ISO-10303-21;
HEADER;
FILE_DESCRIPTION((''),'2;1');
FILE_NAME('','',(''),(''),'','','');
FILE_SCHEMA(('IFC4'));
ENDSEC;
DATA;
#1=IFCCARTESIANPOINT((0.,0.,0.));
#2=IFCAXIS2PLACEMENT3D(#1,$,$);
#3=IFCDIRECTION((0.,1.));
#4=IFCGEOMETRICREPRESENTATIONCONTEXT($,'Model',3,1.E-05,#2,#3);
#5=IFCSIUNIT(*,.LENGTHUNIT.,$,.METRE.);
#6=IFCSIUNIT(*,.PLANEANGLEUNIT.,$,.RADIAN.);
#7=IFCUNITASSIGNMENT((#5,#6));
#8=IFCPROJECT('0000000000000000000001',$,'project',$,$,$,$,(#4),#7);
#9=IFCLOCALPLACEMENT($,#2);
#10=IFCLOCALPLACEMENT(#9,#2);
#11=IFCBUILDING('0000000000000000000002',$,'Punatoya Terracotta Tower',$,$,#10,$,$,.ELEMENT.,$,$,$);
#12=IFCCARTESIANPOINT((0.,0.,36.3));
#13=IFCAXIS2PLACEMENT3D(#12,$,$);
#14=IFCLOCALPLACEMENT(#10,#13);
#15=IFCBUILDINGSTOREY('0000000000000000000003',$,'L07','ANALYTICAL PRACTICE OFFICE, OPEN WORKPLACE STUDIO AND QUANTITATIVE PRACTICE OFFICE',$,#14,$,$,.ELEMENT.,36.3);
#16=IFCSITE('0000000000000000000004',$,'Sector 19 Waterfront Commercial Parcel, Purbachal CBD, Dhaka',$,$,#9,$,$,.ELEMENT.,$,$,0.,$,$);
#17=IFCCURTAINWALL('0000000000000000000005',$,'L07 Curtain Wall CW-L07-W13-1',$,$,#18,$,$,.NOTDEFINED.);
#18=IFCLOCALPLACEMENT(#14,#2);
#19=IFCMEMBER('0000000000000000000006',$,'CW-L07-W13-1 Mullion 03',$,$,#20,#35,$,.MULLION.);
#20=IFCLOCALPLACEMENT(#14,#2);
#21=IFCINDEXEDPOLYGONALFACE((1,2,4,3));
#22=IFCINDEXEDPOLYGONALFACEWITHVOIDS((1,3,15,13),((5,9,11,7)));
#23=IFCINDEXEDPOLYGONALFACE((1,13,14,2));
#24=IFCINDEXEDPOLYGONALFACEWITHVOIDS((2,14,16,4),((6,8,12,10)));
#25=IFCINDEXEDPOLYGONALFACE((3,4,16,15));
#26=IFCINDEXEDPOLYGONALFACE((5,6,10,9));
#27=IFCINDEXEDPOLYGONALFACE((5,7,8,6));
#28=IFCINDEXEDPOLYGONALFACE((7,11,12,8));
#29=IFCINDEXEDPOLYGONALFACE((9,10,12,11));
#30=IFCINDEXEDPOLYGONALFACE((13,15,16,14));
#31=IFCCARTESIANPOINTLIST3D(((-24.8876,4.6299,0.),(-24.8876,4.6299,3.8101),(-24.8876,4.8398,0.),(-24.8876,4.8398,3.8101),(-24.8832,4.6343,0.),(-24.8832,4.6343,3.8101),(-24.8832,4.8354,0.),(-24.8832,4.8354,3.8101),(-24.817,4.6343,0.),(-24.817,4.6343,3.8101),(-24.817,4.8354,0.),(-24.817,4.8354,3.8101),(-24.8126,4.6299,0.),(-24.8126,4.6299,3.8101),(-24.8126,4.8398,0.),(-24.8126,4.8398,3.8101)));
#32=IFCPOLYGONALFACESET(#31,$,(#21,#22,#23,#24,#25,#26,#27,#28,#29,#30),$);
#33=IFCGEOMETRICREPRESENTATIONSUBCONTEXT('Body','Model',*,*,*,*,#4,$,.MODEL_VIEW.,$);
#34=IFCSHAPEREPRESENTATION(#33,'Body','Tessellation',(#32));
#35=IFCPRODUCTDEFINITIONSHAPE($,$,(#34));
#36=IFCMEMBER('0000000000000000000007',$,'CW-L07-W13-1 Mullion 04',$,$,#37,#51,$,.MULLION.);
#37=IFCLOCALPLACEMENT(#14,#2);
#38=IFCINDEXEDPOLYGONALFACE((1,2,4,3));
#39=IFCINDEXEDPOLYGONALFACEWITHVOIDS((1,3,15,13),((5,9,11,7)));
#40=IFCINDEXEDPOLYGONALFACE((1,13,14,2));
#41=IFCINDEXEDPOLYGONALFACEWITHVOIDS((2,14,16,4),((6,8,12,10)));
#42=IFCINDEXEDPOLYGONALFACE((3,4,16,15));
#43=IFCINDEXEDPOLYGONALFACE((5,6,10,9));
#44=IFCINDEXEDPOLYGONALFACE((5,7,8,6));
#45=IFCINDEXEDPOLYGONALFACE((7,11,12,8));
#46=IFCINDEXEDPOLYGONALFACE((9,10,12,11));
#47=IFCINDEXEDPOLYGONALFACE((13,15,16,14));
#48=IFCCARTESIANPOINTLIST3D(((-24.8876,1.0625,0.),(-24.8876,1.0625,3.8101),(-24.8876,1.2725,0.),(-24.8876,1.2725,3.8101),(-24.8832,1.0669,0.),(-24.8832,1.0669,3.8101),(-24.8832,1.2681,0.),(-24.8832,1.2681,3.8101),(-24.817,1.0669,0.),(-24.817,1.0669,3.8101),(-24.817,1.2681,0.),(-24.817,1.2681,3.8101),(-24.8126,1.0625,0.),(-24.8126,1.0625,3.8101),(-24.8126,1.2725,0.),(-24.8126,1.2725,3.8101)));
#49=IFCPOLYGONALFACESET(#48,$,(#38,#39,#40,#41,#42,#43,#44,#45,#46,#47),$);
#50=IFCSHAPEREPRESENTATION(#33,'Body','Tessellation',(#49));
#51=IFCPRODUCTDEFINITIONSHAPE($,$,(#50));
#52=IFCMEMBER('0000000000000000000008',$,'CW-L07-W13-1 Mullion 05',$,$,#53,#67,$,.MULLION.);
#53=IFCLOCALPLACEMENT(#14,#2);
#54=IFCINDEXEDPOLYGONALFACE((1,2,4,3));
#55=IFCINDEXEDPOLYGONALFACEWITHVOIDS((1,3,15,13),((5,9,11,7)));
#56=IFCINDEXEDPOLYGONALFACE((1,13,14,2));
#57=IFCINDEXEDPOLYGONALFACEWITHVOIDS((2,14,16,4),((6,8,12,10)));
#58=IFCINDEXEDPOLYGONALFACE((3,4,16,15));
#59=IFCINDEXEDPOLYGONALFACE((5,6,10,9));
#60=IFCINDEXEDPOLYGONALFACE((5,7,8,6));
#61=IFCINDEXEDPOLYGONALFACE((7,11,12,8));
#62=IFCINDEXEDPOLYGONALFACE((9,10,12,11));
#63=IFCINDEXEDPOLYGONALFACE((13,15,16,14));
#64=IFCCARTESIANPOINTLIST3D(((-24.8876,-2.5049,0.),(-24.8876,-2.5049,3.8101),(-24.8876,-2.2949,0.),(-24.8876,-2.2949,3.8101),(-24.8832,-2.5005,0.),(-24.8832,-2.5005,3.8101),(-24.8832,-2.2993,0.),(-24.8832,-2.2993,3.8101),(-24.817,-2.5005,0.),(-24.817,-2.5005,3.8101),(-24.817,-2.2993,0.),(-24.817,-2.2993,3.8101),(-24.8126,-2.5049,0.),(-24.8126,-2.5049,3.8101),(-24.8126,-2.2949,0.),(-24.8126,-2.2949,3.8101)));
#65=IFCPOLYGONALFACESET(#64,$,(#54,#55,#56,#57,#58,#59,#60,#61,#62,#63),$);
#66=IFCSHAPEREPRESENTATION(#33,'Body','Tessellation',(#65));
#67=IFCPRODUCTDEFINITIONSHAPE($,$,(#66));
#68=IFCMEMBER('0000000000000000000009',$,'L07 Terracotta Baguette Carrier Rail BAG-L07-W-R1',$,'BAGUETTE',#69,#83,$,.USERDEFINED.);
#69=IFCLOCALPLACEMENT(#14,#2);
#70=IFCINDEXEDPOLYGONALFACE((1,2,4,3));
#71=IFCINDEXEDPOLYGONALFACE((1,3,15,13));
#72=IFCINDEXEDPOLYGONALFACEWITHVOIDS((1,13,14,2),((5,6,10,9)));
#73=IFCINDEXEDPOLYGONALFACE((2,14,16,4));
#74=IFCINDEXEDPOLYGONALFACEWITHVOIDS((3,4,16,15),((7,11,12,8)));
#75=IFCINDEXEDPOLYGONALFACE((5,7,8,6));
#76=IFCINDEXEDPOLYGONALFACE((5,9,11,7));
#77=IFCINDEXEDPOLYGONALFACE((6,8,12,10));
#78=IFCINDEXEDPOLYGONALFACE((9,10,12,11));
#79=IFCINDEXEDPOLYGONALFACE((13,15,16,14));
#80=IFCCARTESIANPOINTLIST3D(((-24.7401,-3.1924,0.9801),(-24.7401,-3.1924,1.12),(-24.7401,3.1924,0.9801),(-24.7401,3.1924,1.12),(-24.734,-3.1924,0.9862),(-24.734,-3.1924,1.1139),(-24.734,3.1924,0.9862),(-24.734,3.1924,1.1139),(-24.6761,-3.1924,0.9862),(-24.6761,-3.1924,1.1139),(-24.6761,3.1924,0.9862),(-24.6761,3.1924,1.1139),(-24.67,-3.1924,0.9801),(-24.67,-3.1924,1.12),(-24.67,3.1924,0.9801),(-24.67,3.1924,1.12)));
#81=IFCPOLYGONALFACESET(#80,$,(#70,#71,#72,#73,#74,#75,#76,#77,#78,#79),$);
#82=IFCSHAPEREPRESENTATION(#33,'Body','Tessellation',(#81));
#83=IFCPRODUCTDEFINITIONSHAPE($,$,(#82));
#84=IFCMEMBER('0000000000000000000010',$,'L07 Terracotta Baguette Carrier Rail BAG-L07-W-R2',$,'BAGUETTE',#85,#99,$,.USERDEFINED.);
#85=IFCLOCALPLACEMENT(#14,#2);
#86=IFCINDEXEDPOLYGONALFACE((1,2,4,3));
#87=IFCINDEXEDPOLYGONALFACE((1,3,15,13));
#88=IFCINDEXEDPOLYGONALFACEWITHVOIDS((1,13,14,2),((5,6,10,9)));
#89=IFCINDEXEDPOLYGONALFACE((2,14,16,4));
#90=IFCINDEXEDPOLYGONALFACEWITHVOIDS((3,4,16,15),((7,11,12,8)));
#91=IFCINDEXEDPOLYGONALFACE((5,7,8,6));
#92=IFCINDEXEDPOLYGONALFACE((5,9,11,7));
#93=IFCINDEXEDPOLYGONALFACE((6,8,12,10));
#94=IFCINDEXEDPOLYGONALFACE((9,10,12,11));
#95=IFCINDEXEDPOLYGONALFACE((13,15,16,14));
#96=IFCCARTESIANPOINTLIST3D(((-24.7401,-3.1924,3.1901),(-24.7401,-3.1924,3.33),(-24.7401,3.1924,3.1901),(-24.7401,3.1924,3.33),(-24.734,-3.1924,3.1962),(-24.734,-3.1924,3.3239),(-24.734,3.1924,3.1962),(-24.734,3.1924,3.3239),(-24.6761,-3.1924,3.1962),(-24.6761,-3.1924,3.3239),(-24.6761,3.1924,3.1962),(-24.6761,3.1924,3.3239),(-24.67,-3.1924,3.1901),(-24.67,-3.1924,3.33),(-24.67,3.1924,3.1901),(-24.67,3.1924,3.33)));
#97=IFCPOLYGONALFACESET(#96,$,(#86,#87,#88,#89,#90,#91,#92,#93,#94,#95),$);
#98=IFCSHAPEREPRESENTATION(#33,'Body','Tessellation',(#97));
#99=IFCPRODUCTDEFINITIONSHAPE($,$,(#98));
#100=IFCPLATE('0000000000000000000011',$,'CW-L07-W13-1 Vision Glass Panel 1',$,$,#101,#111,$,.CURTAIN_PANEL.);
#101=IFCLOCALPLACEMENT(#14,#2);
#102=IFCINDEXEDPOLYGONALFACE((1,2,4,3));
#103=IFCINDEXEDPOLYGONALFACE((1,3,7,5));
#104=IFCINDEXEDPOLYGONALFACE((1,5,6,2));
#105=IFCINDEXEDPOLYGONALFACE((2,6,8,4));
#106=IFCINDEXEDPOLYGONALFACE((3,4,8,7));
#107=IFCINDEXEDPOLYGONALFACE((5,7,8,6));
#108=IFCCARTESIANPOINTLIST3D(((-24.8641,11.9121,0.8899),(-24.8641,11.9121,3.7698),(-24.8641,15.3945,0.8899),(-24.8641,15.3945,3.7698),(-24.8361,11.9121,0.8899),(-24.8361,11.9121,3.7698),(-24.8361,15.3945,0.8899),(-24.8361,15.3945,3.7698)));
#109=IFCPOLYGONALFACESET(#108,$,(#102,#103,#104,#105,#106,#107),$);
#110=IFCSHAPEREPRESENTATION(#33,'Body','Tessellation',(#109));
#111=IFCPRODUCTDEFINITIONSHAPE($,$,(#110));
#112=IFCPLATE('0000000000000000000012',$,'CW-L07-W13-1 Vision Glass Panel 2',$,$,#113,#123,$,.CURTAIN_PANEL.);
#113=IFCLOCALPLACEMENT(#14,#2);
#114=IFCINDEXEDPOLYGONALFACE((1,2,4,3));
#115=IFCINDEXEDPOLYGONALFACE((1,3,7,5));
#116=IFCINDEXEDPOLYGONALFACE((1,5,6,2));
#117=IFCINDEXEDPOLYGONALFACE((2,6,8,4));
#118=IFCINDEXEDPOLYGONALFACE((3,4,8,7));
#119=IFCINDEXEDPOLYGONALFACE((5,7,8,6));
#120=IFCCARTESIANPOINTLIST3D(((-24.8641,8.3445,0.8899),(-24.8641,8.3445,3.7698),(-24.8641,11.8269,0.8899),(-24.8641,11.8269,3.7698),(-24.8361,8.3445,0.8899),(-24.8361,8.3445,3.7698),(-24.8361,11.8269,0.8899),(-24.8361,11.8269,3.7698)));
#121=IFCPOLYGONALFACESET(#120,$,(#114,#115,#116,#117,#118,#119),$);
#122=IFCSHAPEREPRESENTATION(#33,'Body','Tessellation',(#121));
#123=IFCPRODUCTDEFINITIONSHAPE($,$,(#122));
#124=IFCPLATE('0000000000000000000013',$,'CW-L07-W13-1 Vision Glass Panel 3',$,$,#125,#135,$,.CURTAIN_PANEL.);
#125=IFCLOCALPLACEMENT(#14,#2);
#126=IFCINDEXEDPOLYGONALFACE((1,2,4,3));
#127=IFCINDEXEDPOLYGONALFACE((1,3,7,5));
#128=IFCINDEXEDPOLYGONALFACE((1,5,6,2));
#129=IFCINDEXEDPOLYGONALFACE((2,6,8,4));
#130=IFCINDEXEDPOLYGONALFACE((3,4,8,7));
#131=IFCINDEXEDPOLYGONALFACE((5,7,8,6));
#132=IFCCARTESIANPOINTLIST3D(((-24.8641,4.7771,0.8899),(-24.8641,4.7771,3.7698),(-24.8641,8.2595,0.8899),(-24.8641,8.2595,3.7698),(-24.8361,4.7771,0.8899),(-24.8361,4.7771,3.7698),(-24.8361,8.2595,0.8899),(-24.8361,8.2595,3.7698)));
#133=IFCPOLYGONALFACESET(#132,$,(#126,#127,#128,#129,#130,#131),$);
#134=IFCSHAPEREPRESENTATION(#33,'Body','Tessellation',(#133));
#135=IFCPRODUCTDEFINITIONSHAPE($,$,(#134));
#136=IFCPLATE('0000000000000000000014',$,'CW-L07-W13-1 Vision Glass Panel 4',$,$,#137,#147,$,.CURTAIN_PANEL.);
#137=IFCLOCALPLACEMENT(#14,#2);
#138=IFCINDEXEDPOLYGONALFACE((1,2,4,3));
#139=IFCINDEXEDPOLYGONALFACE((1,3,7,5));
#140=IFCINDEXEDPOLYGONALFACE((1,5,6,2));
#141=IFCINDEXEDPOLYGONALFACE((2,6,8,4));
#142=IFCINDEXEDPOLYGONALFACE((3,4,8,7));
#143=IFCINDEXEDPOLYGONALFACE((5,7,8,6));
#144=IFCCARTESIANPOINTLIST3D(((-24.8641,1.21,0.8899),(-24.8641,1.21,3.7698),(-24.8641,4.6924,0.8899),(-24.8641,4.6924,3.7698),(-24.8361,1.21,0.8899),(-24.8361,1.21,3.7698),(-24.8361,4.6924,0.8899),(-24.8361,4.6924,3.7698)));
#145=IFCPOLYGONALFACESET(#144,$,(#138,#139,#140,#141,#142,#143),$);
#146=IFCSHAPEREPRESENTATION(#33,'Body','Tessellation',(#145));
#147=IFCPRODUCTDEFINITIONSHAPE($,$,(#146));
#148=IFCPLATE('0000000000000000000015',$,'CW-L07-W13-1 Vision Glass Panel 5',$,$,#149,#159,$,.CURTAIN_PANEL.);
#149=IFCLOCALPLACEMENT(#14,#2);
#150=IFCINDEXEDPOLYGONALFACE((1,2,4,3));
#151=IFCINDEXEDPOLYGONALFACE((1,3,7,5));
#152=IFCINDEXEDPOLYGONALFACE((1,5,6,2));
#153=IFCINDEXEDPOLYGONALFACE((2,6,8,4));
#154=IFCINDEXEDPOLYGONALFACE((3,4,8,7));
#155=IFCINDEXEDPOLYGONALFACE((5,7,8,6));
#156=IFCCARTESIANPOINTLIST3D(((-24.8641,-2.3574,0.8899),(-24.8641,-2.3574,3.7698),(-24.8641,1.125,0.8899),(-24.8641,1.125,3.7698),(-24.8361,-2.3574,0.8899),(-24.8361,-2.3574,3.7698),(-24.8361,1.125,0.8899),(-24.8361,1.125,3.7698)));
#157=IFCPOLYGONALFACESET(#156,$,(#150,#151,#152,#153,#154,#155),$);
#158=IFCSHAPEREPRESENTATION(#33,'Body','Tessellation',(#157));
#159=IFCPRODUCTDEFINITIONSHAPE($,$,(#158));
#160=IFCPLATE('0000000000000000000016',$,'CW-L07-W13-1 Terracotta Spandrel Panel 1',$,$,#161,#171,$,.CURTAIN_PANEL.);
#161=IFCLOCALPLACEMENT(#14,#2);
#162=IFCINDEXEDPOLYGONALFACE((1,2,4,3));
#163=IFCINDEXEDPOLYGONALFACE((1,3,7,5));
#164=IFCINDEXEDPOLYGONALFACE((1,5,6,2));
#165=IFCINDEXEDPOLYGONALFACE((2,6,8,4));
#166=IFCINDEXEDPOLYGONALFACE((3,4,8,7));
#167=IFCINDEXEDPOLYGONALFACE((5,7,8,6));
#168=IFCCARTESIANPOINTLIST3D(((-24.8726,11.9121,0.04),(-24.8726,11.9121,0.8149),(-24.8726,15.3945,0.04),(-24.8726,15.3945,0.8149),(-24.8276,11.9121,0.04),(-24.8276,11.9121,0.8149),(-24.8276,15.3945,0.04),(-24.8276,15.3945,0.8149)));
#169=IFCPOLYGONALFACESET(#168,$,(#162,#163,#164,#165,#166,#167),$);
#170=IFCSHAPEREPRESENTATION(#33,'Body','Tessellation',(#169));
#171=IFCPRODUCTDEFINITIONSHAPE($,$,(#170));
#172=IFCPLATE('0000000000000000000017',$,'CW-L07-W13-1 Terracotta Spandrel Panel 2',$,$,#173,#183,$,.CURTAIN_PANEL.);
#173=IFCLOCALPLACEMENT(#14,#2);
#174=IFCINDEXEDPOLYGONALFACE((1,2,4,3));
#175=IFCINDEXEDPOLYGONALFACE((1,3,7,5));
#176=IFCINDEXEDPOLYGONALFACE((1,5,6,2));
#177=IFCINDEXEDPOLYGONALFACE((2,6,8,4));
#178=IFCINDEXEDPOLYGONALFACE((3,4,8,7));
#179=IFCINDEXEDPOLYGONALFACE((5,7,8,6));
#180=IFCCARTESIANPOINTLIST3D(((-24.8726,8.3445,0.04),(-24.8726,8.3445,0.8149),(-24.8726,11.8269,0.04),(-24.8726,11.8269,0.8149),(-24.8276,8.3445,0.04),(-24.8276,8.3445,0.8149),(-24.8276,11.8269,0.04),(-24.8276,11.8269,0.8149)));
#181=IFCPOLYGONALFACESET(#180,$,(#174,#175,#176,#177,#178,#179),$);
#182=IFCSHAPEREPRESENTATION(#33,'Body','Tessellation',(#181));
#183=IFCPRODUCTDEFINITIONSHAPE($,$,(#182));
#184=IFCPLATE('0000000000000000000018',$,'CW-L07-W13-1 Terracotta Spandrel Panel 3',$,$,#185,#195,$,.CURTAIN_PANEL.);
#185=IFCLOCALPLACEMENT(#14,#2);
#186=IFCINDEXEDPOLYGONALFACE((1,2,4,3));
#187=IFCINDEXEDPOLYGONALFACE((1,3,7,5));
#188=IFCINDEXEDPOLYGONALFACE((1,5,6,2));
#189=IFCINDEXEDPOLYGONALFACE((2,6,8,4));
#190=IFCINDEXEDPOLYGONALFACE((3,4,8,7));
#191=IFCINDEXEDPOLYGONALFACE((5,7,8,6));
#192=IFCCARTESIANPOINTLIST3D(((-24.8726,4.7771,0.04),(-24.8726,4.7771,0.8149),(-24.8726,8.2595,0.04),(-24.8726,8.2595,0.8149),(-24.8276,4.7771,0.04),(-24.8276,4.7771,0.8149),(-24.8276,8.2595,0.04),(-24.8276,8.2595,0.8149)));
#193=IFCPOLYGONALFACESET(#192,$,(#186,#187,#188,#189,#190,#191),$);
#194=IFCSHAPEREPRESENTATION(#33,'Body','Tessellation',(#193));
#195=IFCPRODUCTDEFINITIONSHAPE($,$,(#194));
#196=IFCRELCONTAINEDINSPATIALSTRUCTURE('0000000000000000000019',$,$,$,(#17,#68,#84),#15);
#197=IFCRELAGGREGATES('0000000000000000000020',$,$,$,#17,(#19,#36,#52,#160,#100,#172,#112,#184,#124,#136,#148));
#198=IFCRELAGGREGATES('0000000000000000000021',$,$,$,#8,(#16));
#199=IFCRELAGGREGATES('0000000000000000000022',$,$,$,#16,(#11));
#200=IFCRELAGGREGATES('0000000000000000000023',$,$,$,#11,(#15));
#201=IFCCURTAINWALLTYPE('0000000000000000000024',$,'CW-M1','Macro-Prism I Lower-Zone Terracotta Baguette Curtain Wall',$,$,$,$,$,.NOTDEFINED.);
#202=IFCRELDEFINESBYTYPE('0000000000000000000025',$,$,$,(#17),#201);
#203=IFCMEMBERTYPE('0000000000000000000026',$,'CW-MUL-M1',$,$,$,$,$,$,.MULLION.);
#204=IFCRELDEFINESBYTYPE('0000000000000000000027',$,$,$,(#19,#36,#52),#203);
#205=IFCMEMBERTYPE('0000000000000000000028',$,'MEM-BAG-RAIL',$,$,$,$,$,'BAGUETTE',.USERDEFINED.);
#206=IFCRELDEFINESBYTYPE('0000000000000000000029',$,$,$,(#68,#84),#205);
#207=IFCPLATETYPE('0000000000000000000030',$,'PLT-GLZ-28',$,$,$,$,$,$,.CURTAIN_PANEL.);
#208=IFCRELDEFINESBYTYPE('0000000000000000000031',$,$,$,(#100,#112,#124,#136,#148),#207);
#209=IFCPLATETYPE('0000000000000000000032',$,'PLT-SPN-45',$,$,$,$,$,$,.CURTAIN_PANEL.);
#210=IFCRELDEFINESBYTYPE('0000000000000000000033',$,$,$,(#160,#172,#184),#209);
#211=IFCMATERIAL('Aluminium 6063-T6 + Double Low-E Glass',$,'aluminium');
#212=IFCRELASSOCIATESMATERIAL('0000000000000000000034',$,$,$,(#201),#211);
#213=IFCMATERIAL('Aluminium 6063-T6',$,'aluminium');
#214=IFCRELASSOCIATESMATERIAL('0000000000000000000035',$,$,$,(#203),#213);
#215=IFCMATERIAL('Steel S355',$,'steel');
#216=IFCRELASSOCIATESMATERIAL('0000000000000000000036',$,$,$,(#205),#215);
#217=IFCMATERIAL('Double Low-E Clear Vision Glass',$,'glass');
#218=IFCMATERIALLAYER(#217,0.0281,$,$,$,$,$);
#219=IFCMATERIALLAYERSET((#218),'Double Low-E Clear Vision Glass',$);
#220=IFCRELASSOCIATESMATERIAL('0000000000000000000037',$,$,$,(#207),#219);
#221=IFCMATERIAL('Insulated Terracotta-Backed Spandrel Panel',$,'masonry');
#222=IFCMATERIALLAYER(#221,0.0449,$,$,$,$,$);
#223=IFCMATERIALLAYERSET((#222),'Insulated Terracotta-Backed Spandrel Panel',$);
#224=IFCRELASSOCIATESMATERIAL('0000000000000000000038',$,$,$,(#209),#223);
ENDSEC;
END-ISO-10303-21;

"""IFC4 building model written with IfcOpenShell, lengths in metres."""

from ifc_helpers import new_model, si_unit, direction, frame, origin, origin_2d, place, context, subcontext, project, spatial, rectangle, hollow_rectangle, extrude, material, layer, layer_set, material_profile, profile_set, type_object, element, aggregate, save


model = new_model("IFC4")

# Units and contexts
model_context = context("Model", 3, precision=1e-05, world=origin(), true_north=direction((0.0, 1.0)))
body_context = subcontext(model_context, "Body", "Model", "MODEL_VIEW")
ifc_project = project(units=[si_unit("LENGTHUNIT", "METRE"), si_unit("PLANEANGLEUNIT", "RADIAN")], contexts=[model_context])

# Site, building, storey
site_placement = place(None, origin())
site = spatial("IfcSite", under=ifc_project, at=site_placement, Name="Sector 19 Waterfront Commercial Parcel, Purbachal CBD, Dhaka", CompositionType="ELEMENT", RefElevation=0.0)
building_placement = place(site_placement, origin())
building = spatial("IfcBuilding", under=site, at=building_placement, Name="Punatoya Terracotta Tower", CompositionType="ELEMENT")
storey_placement = place(building_placement, frame((0.0, 0.0, 36.3)))
storey = spatial("IfcBuildingStorey", under=building, at=storey_placement, Name="L07", Description="ANALYTICAL PRACTICE OFFICE, OPEN WORKPLACE STUDIO AND QUANTITATIVE PRACTICE OFFICE", CompositionType="ELEMENT", Elevation=36.3)

# Curtain wall, members
ifc_material_1 = material(Name="Aluminium 6063-T6 + Double Low-E Glass", Category="aluminium")
curtain_wall_type = type_object("IfcCurtainWallType", Name="CW-M1", Description="Macro-Prism I Lower-Zone Terracotta Baguette Curtain Wall", PredefinedType="NOTDEFINED", material=ifc_material_1)
curtain_wall_placement = place(storey_placement, origin())
curtain_wall = element("IfcCurtainWall", 1, at=curtain_wall_placement, inside=storey, type_object=curtain_wall_type, Name="L07 Curtain Wall CW-L07-W13-1", PredefinedType="NOTDEFINED")
ifc_material_2 = material(Name="Aluminium 6063-T6", Category="aluminium")
ifc_material_profile_1 = material_profile(ifc_material_2, hollow_rectangle(XDim=0.075, YDim=0.21, WallThickness=0.0044, at=origin_2d()))
ifc_profile_set_1 = profile_set([ifc_material_profile_1], Name="Aluminium 6063-T6")
member_type_1 = type_object("IfcMemberType", Name="CW-MUL-M1", PredefinedType="MULLION", material=ifc_profile_set_1)
member_1_placement = place(storey_placement, frame((-24.8501, 4.7349, 0.0), z_axis=(0.0, 0.0, 1.0), x_axis=(1.0, 0.0, 0.0)))
member_1 = element("IfcMember", 2, at=member_1_placement, type_object=member_type_1, Name="CW-L07-W13-1 Mullion 03", PredefinedType="MULLION", context=body_context, shape_type="SweptSolid", body=[
    extrude(hollow_rectangle(XDim=0.075, YDim=0.21, WallThickness=0.0044, at=origin_2d()), origin(), (0.0, 0.0, 1.0), 3.8101),
])
member_2_placement = place(storey_placement, frame((-24.8501, 1.1675, 0.0), z_axis=(0.0, 0.0, 1.0), x_axis=(1.0, 0.0, 0.0)))
member_2 = element("IfcMember", 3, at=member_2_placement, type_object=member_type_1, Name="CW-L07-W13-1 Mullion 04", PredefinedType="MULLION", context=body_context, shape_type="SweptSolid", body=[
    extrude(hollow_rectangle(XDim=0.075, YDim=0.21, WallThickness=0.0044, at=origin_2d()), origin(), (0.0, 0.0, 1.0), 3.8101),
])
member_3_placement = place(storey_placement, frame((-24.8501, -2.3999, 0.0), z_axis=(0.0, 0.0, 1.0), x_axis=(1.0, 0.0, 0.0)))
member_3 = element("IfcMember", 4, at=member_3_placement, type_object=member_type_1, Name="CW-L07-W13-1 Mullion 05", PredefinedType="MULLION", context=body_context, shape_type="SweptSolid", body=[
    extrude(hollow_rectangle(XDim=0.075, YDim=0.21, WallThickness=0.0044, at=origin_2d()), origin(), (0.0, 0.0, 1.0), 3.8101),
])

# Members
ifc_material_3 = material(Name="Steel S355", Category="steel")
ifc_material_profile_2 = material_profile(ifc_material_3, hollow_rectangle(XDim=0.0701, YDim=0.1399, WallThickness=0.0061, at=origin_2d()))
ifc_profile_set_2 = profile_set([ifc_material_profile_2], Name="Steel S355")
member_type_2 = type_object("IfcMemberType", Name="MEM-BAG-RAIL", ElementType="BAGUETTE", PredefinedType="USERDEFINED", material=ifc_profile_set_2)
for number, where, z_axis, x_axis, name in (
    (5, (-24.7051, -3.1924, 1.05), (0.0, 1.0, 0.0), (-1.0, 0.0, 0.0), "L07 Terracotta Baguette Carrier Rail BAG-L07-W-R1"),
    (6, (-24.7051, -3.1924, 3.26), (0.0, 1.0, 0.0), (-1.0, 0.0, 0.0), "L07 Terracotta Baguette Carrier Rail BAG-L07-W-R2"),
):
    element("IfcMember", number, at=place(storey_placement, frame(where, z_axis=z_axis, x_axis=x_axis)), inside=storey, type_object=member_type_2, Name=name, ObjectType="BAGUETTE", PredefinedType="USERDEFINED", context=body_context, shape_type="SweptSolid", body=[
        extrude(hollow_rectangle(XDim=0.0701, YDim=0.1399, WallThickness=0.0061, at=origin_2d()), origin(), (0.0, 0.0, 1.0), 6.3848),
    ])

# Plates
ifc_material_4 = material(Name="Double Low-E Clear Vision Glass", Category="glass")
ifc_layer_1 = layer(ifc_material_4, 0.0281)
ifc_layer_set_1 = layer_set([ifc_layer_1], Name="Double Low-E Clear Vision Glass")
plate_type_1 = type_object("IfcPlateType", Name="PLT-GLZ-28", PredefinedType="CURTAIN_PANEL", material=ifc_layer_set_1)
plate_1_placement = place(storey_placement, frame((-24.8501, 13.6533, 0.8899), z_axis=(0.0, 0.0, 1.0), x_axis=(0.0, -1.0, 0.0)))
plate_1 = element("IfcPlate", 7, at=plate_1_placement, type_object=plate_type_1, Name="CW-L07-W13-1 Vision Glass Panel 1", PredefinedType="CURTAIN_PANEL", context=body_context, shape_type="SweptSolid", body=[
    extrude(rectangle(XDim=3.4824, YDim=0.0281, at=origin_2d()), origin(), (0.0, 0.0, 1.0), 2.8799),
])
plate_2_placement = place(storey_placement, frame((-24.8501, 10.0857, 0.8899), z_axis=(0.0, 0.0, 1.0), x_axis=(0.0, -1.0, 0.0)))
plate_2 = element("IfcPlate", 8, at=plate_2_placement, type_object=plate_type_1, Name="CW-L07-W13-1 Vision Glass Panel 2", PredefinedType="CURTAIN_PANEL", context=body_context, shape_type="SweptSolid", body=[
    extrude(rectangle(XDim=3.4824, YDim=0.0281, at=origin_2d()), origin(), (0.0, 0.0, 1.0), 2.8799),
])
plate_3_placement = place(storey_placement, frame((-24.8501, 6.5183, 0.8899), z_axis=(0.0, 0.0, 1.0), x_axis=(0.0, -1.0, 0.0)))
plate_3 = element("IfcPlate", 9, at=plate_3_placement, type_object=plate_type_1, Name="CW-L07-W13-1 Vision Glass Panel 3", PredefinedType="CURTAIN_PANEL", context=body_context, shape_type="SweptSolid", body=[
    extrude(rectangle(XDim=3.4824, YDim=0.0281, at=origin_2d()), origin(), (0.0, 0.0, 1.0), 2.8799),
])
plate_4_placement = place(storey_placement, frame((-24.8501, 2.9512, 0.8899), z_axis=(0.0, 0.0, 1.0), x_axis=(0.0, -1.0, 0.0)))
plate_4 = element("IfcPlate", 10, at=plate_4_placement, type_object=plate_type_1, Name="CW-L07-W13-1 Vision Glass Panel 4", PredefinedType="CURTAIN_PANEL", context=body_context, shape_type="SweptSolid", body=[
    extrude(rectangle(XDim=3.4824, YDim=0.0281, at=origin_2d()), origin(), (0.0, 0.0, 1.0), 2.8799),
])
plate_5_placement = place(storey_placement, frame((-24.8501, -0.6162, 0.8899), z_axis=(0.0, 0.0, 1.0), x_axis=(0.0, -1.0, 0.0)))
plate_5 = element("IfcPlate", 11, at=plate_5_placement, type_object=plate_type_1, Name="CW-L07-W13-1 Vision Glass Panel 5", PredefinedType="CURTAIN_PANEL", context=body_context, shape_type="SweptSolid", body=[
    extrude(rectangle(XDim=3.4824, YDim=0.0281, at=origin_2d()), origin(), (0.0, 0.0, 1.0), 2.8799),
])
ifc_material_5 = material(Name="Insulated Terracotta-Backed Spandrel Panel", Category="masonry")
ifc_layer_2 = layer(ifc_material_5, 0.0449)
ifc_layer_set_2 = layer_set([ifc_layer_2], Name="Insulated Terracotta-Backed Spandrel Panel")
plate_type_2 = type_object("IfcPlateType", Name="PLT-SPN-45", PredefinedType="CURTAIN_PANEL", material=ifc_layer_set_2)
plate_6_placement = place(storey_placement, frame((-24.8501, 13.6533, 0.04), z_axis=(0.0, 0.0, 1.0), x_axis=(0.0, -1.0, 0.0)))
plate_6 = element("IfcPlate", 12, at=plate_6_placement, type_object=plate_type_2, Name="CW-L07-W13-1 Terracotta Spandrel Panel 1", PredefinedType="CURTAIN_PANEL", context=body_context, shape_type="SweptSolid", body=[
    extrude(rectangle(XDim=3.4824, YDim=0.0449, at=origin_2d()), origin(), (0.0, 0.0, 1.0), 0.7749),
])
plate_7_placement = place(storey_placement, frame((-24.8501, 10.0857, 0.04), z_axis=(0.0, 0.0, 1.0), x_axis=(0.0, -1.0, 0.0)))
plate_7 = element("IfcPlate", 13, at=plate_7_placement, type_object=plate_type_2, Name="CW-L07-W13-1 Terracotta Spandrel Panel 2", PredefinedType="CURTAIN_PANEL", context=body_context, shape_type="SweptSolid", body=[
    extrude(rectangle(XDim=3.4824, YDim=0.0449, at=origin_2d()), origin(), (0.0, 0.0, 1.0), 0.7749),
])
plate_8_placement = place(storey_placement, frame((-24.8501, 6.5183, 0.04), z_axis=(0.0, 0.0, 1.0), x_axis=(0.0, -1.0, 0.0)))
plate_8 = element("IfcPlate", 14, at=plate_8_placement, type_object=plate_type_2, Name="CW-L07-W13-1 Terracotta Spandrel Panel 3", PredefinedType="CURTAIN_PANEL", context=body_context, shape_type="SweptSolid", body=[
    extrude(rectangle(XDim=3.4824, YDim=0.0449, at=origin_2d()), origin(), (0.0, 0.0, 1.0), 0.7749),
])
aggregate(curtain_wall, [member_1, member_2, member_3, plate_6, plate_1, plate_7, plate_2, plate_8, plate_3, plate_4, plate_5])

save(model, "model.ifc")
